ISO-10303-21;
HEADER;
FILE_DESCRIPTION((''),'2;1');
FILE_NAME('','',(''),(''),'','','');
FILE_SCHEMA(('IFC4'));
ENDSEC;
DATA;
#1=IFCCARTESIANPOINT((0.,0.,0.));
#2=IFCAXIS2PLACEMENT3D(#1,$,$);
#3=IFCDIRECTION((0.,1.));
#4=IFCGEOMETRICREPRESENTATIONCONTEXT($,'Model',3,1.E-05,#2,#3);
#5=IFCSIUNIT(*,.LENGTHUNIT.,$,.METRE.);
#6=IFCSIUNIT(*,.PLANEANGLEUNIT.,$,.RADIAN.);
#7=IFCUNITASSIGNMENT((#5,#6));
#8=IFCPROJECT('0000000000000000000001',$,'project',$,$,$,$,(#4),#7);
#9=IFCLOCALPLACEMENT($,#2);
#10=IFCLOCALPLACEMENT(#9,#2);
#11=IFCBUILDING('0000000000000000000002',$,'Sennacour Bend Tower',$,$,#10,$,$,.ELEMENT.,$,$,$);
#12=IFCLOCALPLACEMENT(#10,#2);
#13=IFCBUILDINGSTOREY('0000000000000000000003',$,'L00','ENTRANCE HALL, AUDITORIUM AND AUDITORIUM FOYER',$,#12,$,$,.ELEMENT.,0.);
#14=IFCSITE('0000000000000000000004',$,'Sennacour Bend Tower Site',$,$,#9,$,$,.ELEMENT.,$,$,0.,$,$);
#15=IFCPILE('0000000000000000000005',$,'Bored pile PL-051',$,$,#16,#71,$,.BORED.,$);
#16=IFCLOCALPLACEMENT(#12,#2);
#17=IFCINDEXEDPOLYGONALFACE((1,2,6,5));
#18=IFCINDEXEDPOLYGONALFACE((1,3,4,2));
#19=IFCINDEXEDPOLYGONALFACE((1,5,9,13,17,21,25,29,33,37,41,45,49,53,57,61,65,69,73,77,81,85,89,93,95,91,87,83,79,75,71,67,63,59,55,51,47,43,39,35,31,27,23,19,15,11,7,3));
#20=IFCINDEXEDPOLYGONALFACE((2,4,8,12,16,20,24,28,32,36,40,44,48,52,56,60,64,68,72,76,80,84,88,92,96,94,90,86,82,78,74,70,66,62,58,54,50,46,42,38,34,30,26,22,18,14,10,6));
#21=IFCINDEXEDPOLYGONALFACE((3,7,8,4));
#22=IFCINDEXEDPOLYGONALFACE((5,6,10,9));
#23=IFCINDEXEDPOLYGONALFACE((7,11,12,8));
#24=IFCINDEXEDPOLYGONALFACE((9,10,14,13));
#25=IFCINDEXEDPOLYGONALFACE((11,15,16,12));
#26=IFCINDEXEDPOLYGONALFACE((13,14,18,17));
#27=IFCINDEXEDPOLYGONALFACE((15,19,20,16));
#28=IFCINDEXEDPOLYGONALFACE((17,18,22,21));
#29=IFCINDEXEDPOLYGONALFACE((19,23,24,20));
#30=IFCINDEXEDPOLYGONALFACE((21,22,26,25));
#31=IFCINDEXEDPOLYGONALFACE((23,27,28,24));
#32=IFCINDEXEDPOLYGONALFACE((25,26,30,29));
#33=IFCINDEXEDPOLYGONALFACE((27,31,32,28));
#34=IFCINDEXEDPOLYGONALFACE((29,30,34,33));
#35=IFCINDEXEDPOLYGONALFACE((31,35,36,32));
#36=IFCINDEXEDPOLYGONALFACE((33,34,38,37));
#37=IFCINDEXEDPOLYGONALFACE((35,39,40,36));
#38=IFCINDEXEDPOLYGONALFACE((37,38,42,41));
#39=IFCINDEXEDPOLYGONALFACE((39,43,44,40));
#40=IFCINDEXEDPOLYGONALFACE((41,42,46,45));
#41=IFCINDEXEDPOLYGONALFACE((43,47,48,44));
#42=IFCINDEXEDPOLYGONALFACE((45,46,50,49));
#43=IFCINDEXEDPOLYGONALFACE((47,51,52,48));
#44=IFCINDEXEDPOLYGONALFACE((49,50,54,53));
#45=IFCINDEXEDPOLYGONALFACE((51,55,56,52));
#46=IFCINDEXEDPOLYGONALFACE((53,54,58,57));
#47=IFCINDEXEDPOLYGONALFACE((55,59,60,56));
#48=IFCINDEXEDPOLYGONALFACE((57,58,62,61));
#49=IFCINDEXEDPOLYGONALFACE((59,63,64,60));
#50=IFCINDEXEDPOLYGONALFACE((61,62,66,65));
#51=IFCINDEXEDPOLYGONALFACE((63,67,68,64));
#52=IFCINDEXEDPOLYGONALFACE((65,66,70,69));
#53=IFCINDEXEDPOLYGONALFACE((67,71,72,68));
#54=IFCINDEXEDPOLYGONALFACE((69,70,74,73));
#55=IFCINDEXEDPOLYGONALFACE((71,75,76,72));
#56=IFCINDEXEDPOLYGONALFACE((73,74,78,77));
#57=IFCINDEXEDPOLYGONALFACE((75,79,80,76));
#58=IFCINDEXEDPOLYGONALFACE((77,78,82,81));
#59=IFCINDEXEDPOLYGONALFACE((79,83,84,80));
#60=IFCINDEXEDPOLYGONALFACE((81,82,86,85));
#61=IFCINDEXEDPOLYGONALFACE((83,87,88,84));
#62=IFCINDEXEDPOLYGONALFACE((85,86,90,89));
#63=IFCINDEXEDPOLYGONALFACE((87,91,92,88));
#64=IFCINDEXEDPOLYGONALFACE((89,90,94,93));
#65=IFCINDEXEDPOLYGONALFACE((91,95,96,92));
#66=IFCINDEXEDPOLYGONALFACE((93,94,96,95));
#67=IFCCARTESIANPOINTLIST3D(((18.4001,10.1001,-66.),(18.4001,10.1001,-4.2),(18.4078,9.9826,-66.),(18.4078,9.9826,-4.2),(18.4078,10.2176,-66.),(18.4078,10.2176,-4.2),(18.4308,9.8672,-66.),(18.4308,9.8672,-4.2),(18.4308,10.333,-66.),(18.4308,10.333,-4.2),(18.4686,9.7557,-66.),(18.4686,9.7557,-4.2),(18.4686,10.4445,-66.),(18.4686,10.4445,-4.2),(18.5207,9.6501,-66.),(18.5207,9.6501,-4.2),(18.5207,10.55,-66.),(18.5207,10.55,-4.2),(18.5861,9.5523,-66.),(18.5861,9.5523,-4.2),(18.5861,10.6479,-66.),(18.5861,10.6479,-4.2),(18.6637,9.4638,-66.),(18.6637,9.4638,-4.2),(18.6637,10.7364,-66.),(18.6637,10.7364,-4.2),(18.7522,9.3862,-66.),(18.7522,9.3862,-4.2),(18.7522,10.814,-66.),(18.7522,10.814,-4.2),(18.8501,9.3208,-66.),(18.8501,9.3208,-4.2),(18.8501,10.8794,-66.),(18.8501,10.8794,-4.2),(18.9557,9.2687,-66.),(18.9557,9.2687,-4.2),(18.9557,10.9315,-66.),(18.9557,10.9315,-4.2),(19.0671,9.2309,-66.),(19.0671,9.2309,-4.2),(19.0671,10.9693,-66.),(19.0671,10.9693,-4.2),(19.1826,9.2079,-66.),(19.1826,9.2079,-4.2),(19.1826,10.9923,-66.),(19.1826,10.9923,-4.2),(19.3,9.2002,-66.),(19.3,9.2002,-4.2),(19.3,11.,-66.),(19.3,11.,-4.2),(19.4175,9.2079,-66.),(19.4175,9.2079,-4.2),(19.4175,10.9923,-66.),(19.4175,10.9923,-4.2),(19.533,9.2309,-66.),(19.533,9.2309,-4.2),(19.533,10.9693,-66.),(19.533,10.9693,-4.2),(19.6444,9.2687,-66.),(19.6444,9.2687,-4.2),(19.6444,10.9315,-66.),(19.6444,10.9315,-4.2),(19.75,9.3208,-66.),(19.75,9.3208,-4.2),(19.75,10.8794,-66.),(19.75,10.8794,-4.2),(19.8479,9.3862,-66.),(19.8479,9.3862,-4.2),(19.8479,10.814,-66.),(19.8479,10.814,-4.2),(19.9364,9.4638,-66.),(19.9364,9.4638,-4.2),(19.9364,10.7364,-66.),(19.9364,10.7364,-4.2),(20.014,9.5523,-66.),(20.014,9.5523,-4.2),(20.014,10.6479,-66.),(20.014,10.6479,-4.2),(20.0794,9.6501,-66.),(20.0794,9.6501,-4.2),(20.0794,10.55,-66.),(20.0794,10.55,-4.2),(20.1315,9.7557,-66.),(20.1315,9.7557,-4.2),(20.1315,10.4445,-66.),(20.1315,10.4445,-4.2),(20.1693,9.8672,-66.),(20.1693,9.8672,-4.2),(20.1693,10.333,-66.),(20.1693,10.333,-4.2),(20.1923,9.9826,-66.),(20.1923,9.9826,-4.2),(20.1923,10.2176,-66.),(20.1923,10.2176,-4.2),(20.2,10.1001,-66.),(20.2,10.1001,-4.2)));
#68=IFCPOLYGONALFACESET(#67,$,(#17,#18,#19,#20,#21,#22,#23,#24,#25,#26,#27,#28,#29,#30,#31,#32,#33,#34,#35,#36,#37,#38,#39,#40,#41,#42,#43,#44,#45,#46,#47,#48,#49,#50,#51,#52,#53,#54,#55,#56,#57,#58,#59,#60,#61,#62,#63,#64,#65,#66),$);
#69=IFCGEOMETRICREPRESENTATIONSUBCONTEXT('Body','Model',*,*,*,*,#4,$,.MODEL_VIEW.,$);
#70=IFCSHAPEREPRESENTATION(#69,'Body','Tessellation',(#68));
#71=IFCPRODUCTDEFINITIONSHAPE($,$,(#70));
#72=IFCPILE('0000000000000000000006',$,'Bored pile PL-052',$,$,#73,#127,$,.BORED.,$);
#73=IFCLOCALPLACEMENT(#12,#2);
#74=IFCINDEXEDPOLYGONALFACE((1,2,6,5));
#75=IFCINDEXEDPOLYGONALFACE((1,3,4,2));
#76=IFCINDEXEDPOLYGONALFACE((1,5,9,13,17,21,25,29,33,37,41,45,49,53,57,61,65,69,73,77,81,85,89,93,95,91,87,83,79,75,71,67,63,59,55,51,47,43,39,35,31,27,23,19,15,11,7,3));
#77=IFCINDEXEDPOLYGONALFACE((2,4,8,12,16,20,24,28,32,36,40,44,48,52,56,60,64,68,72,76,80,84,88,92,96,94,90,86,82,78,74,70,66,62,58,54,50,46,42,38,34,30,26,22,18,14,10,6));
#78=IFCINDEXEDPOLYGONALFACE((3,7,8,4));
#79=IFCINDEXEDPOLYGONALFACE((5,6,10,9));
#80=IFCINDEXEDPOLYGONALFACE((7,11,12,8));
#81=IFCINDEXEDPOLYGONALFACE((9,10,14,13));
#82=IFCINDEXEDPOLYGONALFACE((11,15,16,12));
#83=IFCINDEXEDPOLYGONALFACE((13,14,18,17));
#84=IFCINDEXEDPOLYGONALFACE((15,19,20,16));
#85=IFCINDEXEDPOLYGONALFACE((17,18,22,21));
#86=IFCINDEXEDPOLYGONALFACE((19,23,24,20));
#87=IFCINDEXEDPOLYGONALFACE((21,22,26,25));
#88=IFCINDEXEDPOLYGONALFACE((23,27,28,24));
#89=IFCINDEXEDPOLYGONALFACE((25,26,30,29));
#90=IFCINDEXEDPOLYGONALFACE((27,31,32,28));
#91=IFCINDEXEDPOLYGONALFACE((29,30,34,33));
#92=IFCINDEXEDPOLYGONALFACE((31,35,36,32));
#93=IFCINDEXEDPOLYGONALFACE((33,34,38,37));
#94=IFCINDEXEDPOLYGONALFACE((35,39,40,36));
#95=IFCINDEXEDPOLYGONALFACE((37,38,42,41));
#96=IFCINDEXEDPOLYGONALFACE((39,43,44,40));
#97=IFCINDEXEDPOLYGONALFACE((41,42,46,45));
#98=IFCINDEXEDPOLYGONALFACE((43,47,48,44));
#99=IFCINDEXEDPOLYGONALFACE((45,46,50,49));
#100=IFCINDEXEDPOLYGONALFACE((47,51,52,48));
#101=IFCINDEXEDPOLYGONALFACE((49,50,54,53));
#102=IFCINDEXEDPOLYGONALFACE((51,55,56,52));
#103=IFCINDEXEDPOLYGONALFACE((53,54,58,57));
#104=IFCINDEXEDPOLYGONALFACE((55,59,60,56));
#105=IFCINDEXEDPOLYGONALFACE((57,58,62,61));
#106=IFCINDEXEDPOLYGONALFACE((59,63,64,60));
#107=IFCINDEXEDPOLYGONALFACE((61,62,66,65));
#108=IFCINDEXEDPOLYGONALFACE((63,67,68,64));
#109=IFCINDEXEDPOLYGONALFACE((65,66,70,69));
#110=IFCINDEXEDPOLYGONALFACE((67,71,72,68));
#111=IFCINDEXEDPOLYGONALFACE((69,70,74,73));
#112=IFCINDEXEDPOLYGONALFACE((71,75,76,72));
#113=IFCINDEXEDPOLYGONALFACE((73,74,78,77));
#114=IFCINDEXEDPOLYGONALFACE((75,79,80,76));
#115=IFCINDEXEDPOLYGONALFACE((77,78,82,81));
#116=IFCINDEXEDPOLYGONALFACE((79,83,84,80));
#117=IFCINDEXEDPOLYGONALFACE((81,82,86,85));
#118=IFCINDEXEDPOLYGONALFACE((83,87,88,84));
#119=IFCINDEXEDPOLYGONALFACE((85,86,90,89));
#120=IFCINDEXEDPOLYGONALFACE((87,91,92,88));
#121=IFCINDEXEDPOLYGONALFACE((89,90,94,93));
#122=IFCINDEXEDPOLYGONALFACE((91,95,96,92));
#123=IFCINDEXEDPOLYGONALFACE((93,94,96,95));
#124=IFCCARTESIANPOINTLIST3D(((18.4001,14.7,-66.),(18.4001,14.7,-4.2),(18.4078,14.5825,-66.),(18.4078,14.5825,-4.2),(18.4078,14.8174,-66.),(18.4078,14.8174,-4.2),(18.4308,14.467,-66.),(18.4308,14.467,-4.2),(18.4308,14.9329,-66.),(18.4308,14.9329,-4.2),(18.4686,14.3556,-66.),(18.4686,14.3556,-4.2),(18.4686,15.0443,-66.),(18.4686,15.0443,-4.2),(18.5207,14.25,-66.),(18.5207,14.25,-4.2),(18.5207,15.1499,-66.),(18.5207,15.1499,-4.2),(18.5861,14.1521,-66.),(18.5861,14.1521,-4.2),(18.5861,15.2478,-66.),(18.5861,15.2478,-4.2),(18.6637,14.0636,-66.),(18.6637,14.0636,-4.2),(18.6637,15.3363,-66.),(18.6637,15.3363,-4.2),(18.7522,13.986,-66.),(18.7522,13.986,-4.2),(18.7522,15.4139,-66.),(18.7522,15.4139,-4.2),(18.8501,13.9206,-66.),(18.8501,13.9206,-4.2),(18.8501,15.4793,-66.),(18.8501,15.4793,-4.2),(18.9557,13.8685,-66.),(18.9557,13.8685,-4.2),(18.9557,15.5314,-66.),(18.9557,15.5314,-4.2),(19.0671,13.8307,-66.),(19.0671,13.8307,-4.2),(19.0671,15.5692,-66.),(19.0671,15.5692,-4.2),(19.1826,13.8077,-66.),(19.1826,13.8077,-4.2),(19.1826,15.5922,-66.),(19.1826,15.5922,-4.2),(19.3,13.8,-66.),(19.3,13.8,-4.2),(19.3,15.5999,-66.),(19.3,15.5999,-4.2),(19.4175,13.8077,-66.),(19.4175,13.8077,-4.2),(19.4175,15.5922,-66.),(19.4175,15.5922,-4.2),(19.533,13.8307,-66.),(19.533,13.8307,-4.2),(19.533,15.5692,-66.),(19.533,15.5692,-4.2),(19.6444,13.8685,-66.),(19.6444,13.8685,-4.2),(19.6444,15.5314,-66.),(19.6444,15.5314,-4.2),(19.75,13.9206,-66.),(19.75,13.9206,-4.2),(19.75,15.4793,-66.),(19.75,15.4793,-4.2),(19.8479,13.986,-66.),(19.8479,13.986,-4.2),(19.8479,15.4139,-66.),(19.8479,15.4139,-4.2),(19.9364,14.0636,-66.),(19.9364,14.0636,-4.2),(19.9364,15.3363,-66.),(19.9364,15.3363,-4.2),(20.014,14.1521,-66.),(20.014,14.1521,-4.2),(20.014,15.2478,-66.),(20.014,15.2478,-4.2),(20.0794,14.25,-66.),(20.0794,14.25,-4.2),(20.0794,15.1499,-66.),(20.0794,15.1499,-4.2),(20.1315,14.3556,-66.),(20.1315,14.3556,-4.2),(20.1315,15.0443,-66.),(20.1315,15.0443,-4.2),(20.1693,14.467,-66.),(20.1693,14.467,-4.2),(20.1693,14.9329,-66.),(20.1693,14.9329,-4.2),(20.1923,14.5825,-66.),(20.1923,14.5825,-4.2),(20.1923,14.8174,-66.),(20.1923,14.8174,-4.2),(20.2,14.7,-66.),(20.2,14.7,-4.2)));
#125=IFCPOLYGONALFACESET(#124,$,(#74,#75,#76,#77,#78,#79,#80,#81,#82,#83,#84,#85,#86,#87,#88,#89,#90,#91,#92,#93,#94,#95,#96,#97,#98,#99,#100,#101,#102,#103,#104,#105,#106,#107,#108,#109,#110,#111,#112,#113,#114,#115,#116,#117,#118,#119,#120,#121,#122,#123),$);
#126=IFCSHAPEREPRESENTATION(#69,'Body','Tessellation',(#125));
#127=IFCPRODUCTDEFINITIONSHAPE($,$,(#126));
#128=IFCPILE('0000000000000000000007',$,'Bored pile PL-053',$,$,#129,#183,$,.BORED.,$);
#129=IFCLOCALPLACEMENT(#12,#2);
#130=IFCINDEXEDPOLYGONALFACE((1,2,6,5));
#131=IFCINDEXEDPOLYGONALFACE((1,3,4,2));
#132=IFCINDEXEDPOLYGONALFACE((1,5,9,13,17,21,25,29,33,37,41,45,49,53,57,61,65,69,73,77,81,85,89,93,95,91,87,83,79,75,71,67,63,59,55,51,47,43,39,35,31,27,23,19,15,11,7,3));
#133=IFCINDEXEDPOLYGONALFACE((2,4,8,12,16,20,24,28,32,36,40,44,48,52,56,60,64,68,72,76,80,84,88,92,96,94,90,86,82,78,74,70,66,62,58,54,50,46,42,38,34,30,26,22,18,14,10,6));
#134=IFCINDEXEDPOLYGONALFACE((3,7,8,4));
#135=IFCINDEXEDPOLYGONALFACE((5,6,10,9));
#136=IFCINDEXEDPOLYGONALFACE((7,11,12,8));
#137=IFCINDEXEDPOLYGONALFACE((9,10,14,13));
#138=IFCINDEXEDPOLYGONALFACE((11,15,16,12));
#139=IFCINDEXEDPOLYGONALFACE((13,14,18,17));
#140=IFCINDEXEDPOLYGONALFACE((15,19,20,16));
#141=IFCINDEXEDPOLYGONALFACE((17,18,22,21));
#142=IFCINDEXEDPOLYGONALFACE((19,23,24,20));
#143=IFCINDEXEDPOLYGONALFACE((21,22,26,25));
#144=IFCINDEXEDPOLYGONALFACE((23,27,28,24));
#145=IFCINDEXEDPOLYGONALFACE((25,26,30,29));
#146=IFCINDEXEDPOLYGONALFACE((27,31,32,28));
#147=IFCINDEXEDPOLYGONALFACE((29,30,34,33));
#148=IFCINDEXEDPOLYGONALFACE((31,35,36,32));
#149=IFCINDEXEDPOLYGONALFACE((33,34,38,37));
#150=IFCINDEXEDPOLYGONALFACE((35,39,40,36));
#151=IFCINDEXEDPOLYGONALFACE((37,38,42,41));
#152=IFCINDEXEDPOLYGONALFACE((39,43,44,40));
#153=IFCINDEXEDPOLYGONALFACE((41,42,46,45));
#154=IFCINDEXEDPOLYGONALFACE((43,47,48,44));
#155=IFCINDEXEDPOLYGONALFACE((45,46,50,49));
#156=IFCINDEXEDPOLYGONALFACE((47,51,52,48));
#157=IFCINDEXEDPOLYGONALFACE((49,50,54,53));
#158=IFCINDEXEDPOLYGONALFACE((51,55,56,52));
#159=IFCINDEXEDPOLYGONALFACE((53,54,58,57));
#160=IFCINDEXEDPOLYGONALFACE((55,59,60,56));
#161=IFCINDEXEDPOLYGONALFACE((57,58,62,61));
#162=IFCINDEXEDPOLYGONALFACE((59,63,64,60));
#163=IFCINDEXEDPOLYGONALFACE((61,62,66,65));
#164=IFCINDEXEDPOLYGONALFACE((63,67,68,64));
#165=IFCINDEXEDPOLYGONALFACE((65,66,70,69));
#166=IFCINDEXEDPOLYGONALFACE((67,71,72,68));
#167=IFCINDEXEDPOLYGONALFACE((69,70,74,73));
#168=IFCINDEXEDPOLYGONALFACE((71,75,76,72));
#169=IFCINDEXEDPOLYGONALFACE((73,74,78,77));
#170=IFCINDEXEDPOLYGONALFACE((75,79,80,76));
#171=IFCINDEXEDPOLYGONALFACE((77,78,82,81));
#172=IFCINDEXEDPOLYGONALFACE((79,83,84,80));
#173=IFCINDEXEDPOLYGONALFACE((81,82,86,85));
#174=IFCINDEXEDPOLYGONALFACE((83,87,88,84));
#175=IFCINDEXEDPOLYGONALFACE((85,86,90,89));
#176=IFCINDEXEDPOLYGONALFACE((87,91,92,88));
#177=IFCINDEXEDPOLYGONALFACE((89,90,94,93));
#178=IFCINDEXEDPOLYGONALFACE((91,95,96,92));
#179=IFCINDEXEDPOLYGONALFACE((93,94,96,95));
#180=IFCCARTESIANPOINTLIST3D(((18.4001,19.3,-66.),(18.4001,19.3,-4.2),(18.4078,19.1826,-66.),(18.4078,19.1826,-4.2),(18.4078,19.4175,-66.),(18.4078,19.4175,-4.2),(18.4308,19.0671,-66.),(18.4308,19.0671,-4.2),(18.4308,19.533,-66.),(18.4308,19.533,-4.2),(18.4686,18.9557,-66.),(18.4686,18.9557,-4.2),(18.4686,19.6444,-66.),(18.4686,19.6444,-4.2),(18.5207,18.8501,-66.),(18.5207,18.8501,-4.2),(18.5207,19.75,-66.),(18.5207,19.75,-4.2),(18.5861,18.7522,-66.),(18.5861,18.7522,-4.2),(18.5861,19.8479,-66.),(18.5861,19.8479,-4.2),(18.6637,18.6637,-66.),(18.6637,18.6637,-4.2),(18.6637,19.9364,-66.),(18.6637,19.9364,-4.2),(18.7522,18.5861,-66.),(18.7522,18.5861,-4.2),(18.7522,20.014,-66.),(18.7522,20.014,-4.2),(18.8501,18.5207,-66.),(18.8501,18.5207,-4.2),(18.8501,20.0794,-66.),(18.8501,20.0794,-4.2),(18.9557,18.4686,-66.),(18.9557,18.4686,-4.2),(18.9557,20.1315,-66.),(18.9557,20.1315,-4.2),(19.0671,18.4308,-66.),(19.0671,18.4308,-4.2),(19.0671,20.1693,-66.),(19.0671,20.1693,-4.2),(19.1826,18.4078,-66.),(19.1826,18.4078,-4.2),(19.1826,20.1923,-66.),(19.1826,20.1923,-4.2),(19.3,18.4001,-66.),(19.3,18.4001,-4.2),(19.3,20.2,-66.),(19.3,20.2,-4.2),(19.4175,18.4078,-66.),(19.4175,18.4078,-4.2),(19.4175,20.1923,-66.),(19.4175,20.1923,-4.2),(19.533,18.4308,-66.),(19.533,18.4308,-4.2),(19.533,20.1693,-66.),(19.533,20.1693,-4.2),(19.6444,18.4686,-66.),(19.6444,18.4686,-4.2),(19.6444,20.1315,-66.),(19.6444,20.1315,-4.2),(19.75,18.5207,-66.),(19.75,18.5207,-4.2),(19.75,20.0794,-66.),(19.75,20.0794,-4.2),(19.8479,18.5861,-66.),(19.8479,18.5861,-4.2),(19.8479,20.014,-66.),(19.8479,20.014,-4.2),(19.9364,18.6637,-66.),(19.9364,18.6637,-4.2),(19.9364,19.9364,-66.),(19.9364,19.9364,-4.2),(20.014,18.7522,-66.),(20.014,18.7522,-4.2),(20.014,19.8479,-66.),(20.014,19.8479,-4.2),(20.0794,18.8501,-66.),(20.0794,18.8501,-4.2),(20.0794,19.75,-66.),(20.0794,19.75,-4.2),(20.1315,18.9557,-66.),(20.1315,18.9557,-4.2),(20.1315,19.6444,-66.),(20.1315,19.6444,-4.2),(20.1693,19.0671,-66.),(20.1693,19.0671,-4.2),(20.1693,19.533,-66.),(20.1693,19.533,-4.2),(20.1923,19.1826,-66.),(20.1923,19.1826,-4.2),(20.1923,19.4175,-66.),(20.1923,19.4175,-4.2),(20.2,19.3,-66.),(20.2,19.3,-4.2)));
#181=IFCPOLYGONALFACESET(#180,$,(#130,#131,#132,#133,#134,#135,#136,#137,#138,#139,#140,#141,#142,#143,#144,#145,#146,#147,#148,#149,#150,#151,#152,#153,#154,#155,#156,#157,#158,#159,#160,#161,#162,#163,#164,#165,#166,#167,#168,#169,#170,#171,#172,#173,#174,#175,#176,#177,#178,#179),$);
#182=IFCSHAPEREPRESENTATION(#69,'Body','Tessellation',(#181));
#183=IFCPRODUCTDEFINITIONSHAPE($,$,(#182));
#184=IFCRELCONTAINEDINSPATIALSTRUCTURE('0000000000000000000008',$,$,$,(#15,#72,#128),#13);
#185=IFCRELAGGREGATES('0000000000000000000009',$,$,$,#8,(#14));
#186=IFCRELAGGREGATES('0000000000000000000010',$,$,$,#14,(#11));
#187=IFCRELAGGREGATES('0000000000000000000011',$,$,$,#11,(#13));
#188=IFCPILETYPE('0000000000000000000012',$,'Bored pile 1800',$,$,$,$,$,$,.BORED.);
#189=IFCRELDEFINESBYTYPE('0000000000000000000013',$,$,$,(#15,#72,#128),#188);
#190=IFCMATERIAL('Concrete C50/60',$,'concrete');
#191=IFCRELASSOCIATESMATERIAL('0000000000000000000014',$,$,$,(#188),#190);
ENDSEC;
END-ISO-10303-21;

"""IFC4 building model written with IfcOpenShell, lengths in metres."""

from ifc_helpers import new_model, si_unit, direction, frame, origin, origin_2d, place, context, subcontext, project, spatial, circle, extrude, material, material_profile, profile_set, type_object, element, save


model = new_model("IFC4")

# Units and contexts
model_context = context("Model", 3, precision=1e-05, world=origin(), true_north=direction((0.0, 1.0)))
body_context = subcontext(model_context, "Body", "Model", "MODEL_VIEW")
ifc_project = project(units=[si_unit("LENGTHUNIT", "METRE"), si_unit("PLANEANGLEUNIT", "RADIAN")], contexts=[model_context])

# Site, building, storey
site_placement = place(None, origin())
site = spatial("IfcSite", under=ifc_project, at=site_placement, Name="Sennacour Bend Tower Site", CompositionType="ELEMENT", RefElevation=0.0)
building_placement = place(site_placement, origin())
building = spatial("IfcBuilding", under=site, at=building_placement, Name="Sennacour Bend Tower", CompositionType="ELEMENT")
storey_placement = place(building_placement, origin())
storey = spatial("IfcBuildingStorey", under=building, at=storey_placement, Name="L00", Description="ENTRANCE HALL, AUDITORIUM AND AUDITORIUM FOYER", CompositionType="ELEMENT", Elevation=0.0)

# Piles
ifc_material_1 = material(Name="Concrete C50/60", Category="concrete")
ifc_material_profile_1 = material_profile(ifc_material_1, circle(Radius=0.8999, at=origin_2d()), Name="Concrete C50/60", Category="concrete")
ifc_profile_set_1 = profile_set([ifc_material_profile_1], Name="Concrete C50/60")
pile_type = type_object("IfcPileType", Name="Bored pile 1800", PredefinedType="BORED", material=ifc_profile_set_1)
for number, where, z_axis, x_axis, name in (
    (1, (19.3, 10.1001, -4.2), (0.0, 0.0, -1.0), (1.0, 0.0, 0.0), "Bored pile PL-051"),
    (2, (19.3, 14.7, -4.2), (0.0, 0.0, -1.0), (1.0, 0.0, 0.0), "Bored pile PL-052"),
    (3, (19.3, 19.3, -4.2), (0.0, 0.0, -1.0), (1.0, 0.0, 0.0), "Bored pile PL-053"),
):
    element("IfcPile", number, at=place(storey_placement, frame(where, z_axis=z_axis, x_axis=x_axis)), inside=storey, type_object=pile_type, Name=name, PredefinedType="BORED", context=body_context, shape_type="SweptSolid", body=[
        extrude(circle(Radius=0.8999, at=origin_2d()), origin(), (0.0, 0.0, 1.0), 61.8),
    ])

save(model, "model.ifc")
